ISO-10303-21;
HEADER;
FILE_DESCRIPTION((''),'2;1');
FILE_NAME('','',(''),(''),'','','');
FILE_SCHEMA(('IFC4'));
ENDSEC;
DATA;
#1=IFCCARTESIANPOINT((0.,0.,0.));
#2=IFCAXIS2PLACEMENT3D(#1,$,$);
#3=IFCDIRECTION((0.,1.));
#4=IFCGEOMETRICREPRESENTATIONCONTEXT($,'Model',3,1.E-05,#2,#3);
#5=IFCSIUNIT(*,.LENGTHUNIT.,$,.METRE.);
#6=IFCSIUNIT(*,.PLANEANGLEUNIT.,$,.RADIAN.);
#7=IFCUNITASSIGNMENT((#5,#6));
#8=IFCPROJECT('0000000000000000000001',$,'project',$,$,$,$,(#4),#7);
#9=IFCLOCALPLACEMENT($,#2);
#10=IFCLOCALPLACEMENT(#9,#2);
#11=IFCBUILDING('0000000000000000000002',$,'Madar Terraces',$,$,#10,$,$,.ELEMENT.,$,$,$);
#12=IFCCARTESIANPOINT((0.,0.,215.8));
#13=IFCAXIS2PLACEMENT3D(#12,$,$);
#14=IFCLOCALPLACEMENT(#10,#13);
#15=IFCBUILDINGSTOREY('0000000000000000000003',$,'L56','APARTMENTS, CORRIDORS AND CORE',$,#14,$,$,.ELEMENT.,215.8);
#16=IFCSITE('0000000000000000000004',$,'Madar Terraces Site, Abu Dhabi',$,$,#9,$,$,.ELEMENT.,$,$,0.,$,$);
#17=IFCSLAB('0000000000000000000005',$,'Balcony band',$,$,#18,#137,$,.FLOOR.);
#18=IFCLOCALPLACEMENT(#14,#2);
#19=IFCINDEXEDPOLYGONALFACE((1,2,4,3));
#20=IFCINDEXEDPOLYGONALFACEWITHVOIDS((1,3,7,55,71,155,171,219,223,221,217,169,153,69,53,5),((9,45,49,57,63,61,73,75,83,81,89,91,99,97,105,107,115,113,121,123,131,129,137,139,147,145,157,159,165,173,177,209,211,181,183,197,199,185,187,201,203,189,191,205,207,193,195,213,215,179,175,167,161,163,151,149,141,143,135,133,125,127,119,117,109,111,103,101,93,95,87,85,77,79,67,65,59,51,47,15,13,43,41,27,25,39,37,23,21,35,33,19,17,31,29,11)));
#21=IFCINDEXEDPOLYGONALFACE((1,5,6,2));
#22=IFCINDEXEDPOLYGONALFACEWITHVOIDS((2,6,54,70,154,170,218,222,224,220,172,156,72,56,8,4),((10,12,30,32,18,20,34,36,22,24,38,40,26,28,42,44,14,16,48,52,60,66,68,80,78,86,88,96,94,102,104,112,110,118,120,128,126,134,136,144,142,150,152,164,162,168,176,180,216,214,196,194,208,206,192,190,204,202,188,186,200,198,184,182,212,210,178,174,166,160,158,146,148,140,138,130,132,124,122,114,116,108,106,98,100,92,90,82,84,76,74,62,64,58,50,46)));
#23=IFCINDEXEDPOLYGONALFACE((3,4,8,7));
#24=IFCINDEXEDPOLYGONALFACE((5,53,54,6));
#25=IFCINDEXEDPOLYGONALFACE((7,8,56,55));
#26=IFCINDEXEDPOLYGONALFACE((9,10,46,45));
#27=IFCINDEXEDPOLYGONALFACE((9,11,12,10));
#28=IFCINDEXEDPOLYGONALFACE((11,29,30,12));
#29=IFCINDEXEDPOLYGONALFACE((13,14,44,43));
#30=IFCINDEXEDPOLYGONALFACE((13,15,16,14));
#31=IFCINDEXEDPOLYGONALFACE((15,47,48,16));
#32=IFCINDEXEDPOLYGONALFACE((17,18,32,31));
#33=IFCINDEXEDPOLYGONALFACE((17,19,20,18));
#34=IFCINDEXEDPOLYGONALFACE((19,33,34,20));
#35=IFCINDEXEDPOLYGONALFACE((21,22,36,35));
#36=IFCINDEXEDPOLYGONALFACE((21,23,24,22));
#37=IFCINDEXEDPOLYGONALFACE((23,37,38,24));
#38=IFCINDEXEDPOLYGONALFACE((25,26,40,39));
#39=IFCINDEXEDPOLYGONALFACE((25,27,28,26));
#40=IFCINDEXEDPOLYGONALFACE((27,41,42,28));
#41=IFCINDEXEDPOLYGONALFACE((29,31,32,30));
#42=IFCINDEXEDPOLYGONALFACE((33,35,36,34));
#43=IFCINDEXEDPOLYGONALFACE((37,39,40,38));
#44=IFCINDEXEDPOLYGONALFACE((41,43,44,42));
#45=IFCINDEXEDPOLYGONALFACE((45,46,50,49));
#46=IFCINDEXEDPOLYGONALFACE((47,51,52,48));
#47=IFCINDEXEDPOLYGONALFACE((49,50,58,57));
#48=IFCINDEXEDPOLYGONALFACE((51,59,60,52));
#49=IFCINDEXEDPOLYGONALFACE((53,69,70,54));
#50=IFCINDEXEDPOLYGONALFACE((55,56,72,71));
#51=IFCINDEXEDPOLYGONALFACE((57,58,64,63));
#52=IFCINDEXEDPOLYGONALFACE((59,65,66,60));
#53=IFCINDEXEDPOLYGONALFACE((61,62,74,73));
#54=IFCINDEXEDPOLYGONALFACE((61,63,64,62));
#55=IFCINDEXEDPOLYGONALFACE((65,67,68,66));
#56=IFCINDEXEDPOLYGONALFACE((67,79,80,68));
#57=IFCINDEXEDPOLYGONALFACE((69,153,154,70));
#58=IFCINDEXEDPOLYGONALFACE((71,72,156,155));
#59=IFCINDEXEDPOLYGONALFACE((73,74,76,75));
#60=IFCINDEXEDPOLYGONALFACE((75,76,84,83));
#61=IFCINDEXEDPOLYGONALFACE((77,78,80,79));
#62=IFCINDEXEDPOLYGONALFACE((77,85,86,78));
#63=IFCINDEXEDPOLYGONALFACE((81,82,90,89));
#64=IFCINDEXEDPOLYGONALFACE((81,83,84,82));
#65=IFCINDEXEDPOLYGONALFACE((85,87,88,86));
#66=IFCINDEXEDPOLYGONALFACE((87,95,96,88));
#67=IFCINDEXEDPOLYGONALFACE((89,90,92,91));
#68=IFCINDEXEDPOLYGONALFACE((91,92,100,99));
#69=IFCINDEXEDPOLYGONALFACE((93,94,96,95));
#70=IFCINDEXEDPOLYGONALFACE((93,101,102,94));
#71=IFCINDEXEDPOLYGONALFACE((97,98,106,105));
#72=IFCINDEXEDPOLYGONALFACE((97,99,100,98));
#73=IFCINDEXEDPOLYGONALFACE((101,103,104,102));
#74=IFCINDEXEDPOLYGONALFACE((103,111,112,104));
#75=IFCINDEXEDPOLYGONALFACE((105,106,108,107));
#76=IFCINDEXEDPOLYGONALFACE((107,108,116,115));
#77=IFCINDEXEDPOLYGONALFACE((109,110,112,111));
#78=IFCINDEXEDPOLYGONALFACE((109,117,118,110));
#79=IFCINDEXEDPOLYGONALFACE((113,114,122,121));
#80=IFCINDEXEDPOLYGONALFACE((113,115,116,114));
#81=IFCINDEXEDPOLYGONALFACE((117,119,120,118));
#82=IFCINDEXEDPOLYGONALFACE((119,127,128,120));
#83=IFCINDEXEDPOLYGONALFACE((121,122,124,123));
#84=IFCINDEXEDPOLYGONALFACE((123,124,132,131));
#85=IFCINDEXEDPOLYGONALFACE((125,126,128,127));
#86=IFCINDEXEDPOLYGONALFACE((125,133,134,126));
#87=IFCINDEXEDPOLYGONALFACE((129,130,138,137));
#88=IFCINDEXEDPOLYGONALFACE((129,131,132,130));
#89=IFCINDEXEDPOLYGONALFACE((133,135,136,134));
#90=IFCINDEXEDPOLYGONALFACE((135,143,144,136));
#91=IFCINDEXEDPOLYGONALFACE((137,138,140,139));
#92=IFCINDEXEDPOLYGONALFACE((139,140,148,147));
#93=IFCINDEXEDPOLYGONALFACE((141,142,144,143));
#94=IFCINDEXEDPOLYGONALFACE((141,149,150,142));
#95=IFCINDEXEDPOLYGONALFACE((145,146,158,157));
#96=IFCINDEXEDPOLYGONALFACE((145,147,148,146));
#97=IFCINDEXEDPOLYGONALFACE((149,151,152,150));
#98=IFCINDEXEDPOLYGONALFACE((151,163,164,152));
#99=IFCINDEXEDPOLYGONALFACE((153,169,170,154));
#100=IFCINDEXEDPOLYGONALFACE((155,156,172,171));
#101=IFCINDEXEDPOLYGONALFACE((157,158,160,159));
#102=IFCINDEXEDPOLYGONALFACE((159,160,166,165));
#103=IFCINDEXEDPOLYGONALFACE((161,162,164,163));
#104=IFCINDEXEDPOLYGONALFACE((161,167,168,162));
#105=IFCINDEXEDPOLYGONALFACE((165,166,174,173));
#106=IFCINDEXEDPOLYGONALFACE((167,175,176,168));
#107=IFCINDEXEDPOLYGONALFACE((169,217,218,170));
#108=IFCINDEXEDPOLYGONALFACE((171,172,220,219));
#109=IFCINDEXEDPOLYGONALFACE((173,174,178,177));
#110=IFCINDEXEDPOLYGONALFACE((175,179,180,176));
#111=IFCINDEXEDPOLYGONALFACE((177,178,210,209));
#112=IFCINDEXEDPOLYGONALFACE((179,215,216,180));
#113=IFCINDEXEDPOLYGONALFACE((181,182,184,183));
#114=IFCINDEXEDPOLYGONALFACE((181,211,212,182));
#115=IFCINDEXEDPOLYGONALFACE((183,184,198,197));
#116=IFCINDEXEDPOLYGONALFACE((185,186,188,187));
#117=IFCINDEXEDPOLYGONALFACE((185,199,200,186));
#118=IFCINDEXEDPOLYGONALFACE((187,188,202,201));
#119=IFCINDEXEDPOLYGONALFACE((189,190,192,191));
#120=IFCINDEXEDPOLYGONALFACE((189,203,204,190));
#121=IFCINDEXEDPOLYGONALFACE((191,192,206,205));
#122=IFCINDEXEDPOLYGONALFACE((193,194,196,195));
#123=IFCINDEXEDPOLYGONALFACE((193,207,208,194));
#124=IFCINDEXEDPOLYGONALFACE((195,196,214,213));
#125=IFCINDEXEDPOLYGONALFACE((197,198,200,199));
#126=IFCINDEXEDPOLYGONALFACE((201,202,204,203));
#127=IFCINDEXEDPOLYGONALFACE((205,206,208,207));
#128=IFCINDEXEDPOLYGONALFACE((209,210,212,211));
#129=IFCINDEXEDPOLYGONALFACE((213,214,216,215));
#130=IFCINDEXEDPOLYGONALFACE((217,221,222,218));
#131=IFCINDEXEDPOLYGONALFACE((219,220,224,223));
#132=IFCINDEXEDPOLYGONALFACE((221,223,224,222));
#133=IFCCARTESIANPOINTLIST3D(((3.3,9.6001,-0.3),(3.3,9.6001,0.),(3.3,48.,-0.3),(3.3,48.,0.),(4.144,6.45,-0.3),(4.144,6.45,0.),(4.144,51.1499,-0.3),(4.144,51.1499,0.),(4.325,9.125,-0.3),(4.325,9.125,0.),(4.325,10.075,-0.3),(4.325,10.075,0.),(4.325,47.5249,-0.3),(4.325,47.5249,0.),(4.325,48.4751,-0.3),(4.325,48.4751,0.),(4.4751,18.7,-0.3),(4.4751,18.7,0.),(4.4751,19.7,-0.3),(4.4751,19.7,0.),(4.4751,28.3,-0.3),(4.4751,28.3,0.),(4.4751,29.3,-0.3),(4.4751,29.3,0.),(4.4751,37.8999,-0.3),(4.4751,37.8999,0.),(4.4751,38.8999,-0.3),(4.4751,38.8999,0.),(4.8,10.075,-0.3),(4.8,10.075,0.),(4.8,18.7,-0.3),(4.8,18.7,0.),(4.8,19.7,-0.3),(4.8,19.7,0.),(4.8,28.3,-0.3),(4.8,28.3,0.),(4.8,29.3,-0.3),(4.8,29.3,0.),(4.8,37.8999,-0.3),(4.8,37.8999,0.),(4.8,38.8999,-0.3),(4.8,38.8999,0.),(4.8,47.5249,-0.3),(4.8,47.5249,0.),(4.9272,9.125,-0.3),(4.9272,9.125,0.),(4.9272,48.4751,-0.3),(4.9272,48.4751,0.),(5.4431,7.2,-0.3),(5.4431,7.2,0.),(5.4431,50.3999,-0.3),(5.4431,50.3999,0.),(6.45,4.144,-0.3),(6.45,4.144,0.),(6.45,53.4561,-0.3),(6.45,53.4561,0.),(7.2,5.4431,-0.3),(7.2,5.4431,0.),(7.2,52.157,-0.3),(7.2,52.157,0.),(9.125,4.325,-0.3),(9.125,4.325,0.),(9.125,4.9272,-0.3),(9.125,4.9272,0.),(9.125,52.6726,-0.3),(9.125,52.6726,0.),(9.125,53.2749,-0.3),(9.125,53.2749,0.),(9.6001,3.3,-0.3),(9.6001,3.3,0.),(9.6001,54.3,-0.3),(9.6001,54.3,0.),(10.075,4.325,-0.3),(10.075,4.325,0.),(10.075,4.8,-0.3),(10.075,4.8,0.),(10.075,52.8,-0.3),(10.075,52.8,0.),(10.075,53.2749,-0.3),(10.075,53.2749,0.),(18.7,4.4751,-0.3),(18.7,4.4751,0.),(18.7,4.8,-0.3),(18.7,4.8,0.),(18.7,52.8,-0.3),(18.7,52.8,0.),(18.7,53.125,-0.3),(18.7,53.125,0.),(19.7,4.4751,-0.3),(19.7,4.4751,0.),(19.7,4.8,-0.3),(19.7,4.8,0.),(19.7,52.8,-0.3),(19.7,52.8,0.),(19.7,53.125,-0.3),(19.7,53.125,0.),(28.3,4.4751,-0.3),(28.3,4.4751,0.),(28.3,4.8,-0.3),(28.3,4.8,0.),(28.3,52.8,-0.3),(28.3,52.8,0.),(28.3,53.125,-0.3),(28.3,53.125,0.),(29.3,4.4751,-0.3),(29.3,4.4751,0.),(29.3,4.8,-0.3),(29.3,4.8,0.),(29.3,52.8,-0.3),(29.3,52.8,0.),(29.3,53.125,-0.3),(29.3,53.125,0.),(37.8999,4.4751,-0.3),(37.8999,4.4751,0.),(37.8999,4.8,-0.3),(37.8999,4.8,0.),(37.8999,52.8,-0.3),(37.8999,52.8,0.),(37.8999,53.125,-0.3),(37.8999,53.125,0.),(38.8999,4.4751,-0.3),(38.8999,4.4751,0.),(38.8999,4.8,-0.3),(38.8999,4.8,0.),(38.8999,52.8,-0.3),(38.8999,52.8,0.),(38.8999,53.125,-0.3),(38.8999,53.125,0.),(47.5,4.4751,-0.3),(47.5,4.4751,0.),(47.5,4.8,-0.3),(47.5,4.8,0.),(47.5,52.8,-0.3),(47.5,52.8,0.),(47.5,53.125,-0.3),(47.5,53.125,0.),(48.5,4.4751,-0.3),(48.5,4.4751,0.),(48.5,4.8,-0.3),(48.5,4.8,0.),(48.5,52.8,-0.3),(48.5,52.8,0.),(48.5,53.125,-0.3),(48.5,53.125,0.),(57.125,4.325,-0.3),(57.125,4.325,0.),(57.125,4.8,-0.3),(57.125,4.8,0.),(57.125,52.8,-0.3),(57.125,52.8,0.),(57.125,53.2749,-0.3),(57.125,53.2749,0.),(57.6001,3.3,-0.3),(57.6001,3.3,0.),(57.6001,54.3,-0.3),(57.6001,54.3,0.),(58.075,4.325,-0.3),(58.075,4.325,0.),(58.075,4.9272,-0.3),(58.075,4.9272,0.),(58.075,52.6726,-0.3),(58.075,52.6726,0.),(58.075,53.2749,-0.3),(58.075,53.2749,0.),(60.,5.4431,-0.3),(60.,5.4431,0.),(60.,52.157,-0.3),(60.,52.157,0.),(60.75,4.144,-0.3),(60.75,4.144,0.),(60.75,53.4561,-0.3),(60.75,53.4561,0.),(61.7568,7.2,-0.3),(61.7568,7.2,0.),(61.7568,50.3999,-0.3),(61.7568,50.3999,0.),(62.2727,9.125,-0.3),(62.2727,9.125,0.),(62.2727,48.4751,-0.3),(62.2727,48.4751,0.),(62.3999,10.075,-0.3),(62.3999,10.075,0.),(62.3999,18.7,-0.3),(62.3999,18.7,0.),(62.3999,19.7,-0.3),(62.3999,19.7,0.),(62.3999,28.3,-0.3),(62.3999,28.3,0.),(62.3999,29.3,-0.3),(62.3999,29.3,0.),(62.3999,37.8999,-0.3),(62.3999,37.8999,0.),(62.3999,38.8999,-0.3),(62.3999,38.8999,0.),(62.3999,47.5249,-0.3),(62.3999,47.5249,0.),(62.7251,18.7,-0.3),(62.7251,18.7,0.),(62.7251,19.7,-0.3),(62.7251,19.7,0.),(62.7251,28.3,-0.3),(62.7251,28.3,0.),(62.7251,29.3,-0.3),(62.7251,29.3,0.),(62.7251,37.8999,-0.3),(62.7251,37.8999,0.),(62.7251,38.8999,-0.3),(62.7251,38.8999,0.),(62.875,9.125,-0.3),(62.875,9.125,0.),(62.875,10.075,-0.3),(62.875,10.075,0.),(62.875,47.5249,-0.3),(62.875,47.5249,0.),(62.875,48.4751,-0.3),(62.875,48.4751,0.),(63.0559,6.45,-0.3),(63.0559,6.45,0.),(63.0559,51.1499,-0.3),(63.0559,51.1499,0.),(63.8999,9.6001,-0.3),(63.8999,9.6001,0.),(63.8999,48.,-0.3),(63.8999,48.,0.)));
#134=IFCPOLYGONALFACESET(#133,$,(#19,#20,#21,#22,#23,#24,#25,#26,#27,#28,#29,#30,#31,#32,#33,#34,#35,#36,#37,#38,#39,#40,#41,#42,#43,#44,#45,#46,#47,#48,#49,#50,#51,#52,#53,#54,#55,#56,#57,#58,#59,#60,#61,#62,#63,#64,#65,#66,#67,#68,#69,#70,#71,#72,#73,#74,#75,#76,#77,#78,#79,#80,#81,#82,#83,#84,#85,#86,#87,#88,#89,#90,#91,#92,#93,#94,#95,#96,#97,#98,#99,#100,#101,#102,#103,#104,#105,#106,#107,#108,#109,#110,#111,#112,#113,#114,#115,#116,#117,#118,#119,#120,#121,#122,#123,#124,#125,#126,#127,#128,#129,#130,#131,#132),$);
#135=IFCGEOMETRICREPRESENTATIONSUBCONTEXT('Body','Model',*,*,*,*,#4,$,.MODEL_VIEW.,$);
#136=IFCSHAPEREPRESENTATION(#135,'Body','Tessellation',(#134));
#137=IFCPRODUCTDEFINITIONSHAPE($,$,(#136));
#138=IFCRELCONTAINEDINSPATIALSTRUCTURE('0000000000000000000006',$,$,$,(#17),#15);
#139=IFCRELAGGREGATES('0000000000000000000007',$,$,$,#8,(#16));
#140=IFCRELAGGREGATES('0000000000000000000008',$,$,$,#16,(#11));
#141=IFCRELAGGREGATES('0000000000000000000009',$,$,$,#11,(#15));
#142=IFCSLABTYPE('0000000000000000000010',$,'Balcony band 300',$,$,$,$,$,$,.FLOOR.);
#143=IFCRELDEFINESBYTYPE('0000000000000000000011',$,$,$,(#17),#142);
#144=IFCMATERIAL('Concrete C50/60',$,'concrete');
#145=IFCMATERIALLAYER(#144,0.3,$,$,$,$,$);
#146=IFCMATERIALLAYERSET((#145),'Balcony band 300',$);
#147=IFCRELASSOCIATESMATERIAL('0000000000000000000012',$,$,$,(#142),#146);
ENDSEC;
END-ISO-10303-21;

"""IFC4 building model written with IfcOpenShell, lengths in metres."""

from ifc_helpers import new_model, si_unit, direction, frame, origin, place, context, subcontext, project, spatial, polyline, outline, extrude, material, layer, layer_set, type_object, element, save


model = new_model("IFC4")

# Units and contexts
model_context = context("Model", 3, precision=1e-05, world=origin(), true_north=direction((0.0, 1.0)))
body_context = subcontext(model_context, "Body", "Model", "MODEL_VIEW")
ifc_project = project(units=[si_unit("LENGTHUNIT", "METRE"), si_unit("PLANEANGLEUNIT", "RADIAN")], contexts=[model_context])

# Site, building, storey
site_placement = place(None, origin())
site = spatial("IfcSite", under=ifc_project, at=site_placement, Name="Madar Terraces Site, Abu Dhabi", CompositionType="ELEMENT", RefElevation=0.0)
building_placement = place(site_placement, origin())
building = spatial("IfcBuilding", under=site, at=building_placement, Name="Madar Terraces", CompositionType="ELEMENT")
storey_placement = place(building_placement, frame((0.0, 0.0, 215.8)))
storey = spatial("IfcBuildingStorey", under=building, at=storey_placement, Name="L56", Description="APARTMENTS, CORRIDORS AND CORE", CompositionType="ELEMENT", Elevation=215.8)

# Slab
ifc_material_1 = material(Name="Concrete C50/60", Category="concrete")
ifc_layer_1 = layer(ifc_material_1, 0.3)
ifc_layer_set_1 = layer_set([ifc_layer_1], Name="Balcony band 300")
slab_type_1 = type_object("IfcSlabType", Name="Balcony band 300", PredefinedType="FLOOR", material=ifc_layer_set_1)
slab_1_placement = place(storey_placement, frame((0.0, 0.0, -0.3)))
element("IfcSlab", 1, at=slab_1_placement, inside=storey, type_object=slab_type_1, Name="Balcony band", PredefinedType="FLOOR", context=body_context, shape_type="SweptSolid", body=[
    extrude(outline(polyline([(9.6001, 3.3), (6.45, 4.144), (4.144, 6.45), (3.3, 9.6001), (3.3, 48.0), (4.144, 51.1499), (6.45, 53.4561), (9.6001, 54.3), (57.6001, 54.3), (60.75, 53.4561), (63.0559, 51.1499), (63.8999, 48.0), (63.8999, 9.6001), (63.0559, 6.45), (60.75, 4.144), (57.6001, 3.3), (9.6001, 3.3)]), holes=[polyline([(10.075, 4.325), (10.075, 4.8), (18.7, 4.8), (18.7, 4.4751), (19.7, 4.4751), (19.7, 4.8), (28.3, 4.8), (28.3, 4.4751), (29.3, 4.4751), (29.3, 4.8), (37.8999, 4.8), (37.8999, 4.4751), (38.8999, 4.4751), (38.8999, 4.8), (47.5, 4.8), (47.5, 4.4751), (48.5, 4.4751), (48.5, 4.8), (57.125, 4.8), (57.125, 4.325), (58.075, 4.325), (58.075, 4.9272), (60.0, 5.4431), (61.7568, 7.2), (62.2727, 9.125), (62.875, 9.125), (62.875, 10.075), (62.3999, 10.075), (62.3999, 18.7), (62.7251, 18.7), (62.7251, 19.7), (62.3999, 19.7), (62.3999, 28.3), (62.7251, 28.3), (62.7251, 29.3), (62.3999, 29.3), (62.3999, 37.8999), (62.7251, 37.8999), (62.7251, 38.8999), (62.3999, 38.8999), (62.3999, 47.5249), (62.875, 47.5249), (62.875, 48.4751), (62.2727, 48.4751), (61.7568, 50.3999), (60.0, 52.157), (58.075, 52.6726), (58.075, 53.2749), (57.125, 53.2749), (57.125, 52.8), (48.5, 52.8), (48.5, 53.125), (47.5, 53.125), (47.5, 52.8), (38.8999, 52.8), (38.8999, 53.125), (37.8999, 53.125), (37.8999, 52.8), (29.3, 52.8), (29.3, 53.125), (28.3, 53.125), (28.3, 52.8), (19.7, 52.8), (19.7, 53.125), (18.7, 53.125), (18.7, 52.8), (10.075, 52.8), (10.075, 53.2749), (9.125, 53.2749), (9.125, 52.6726), (7.2, 52.157), (5.4431, 50.3999), (4.9272, 48.4751), (4.325, 48.4751), (4.325, 47.5249), (4.8, 47.5249), (4.8, 38.8999), (4.4751, 38.8999), (4.4751, 37.8999), (4.8, 37.8999), (4.8, 29.3), (4.4751, 29.3), (4.4751, 28.3), (4.8, 28.3), (4.8, 19.7), (4.4751, 19.7), (4.4751, 18.7), (4.8, 18.7), (4.8, 10.075), (4.325, 10.075), (4.325, 9.125), (4.9272, 9.125), (5.4431, 7.2), (7.2, 5.4431), (9.125, 4.9272), (9.125, 4.325), (10.075, 4.325)])]), origin(), (0.0, 0.0, 1.0), 0.3),
])

save(model, "model.ifc")
